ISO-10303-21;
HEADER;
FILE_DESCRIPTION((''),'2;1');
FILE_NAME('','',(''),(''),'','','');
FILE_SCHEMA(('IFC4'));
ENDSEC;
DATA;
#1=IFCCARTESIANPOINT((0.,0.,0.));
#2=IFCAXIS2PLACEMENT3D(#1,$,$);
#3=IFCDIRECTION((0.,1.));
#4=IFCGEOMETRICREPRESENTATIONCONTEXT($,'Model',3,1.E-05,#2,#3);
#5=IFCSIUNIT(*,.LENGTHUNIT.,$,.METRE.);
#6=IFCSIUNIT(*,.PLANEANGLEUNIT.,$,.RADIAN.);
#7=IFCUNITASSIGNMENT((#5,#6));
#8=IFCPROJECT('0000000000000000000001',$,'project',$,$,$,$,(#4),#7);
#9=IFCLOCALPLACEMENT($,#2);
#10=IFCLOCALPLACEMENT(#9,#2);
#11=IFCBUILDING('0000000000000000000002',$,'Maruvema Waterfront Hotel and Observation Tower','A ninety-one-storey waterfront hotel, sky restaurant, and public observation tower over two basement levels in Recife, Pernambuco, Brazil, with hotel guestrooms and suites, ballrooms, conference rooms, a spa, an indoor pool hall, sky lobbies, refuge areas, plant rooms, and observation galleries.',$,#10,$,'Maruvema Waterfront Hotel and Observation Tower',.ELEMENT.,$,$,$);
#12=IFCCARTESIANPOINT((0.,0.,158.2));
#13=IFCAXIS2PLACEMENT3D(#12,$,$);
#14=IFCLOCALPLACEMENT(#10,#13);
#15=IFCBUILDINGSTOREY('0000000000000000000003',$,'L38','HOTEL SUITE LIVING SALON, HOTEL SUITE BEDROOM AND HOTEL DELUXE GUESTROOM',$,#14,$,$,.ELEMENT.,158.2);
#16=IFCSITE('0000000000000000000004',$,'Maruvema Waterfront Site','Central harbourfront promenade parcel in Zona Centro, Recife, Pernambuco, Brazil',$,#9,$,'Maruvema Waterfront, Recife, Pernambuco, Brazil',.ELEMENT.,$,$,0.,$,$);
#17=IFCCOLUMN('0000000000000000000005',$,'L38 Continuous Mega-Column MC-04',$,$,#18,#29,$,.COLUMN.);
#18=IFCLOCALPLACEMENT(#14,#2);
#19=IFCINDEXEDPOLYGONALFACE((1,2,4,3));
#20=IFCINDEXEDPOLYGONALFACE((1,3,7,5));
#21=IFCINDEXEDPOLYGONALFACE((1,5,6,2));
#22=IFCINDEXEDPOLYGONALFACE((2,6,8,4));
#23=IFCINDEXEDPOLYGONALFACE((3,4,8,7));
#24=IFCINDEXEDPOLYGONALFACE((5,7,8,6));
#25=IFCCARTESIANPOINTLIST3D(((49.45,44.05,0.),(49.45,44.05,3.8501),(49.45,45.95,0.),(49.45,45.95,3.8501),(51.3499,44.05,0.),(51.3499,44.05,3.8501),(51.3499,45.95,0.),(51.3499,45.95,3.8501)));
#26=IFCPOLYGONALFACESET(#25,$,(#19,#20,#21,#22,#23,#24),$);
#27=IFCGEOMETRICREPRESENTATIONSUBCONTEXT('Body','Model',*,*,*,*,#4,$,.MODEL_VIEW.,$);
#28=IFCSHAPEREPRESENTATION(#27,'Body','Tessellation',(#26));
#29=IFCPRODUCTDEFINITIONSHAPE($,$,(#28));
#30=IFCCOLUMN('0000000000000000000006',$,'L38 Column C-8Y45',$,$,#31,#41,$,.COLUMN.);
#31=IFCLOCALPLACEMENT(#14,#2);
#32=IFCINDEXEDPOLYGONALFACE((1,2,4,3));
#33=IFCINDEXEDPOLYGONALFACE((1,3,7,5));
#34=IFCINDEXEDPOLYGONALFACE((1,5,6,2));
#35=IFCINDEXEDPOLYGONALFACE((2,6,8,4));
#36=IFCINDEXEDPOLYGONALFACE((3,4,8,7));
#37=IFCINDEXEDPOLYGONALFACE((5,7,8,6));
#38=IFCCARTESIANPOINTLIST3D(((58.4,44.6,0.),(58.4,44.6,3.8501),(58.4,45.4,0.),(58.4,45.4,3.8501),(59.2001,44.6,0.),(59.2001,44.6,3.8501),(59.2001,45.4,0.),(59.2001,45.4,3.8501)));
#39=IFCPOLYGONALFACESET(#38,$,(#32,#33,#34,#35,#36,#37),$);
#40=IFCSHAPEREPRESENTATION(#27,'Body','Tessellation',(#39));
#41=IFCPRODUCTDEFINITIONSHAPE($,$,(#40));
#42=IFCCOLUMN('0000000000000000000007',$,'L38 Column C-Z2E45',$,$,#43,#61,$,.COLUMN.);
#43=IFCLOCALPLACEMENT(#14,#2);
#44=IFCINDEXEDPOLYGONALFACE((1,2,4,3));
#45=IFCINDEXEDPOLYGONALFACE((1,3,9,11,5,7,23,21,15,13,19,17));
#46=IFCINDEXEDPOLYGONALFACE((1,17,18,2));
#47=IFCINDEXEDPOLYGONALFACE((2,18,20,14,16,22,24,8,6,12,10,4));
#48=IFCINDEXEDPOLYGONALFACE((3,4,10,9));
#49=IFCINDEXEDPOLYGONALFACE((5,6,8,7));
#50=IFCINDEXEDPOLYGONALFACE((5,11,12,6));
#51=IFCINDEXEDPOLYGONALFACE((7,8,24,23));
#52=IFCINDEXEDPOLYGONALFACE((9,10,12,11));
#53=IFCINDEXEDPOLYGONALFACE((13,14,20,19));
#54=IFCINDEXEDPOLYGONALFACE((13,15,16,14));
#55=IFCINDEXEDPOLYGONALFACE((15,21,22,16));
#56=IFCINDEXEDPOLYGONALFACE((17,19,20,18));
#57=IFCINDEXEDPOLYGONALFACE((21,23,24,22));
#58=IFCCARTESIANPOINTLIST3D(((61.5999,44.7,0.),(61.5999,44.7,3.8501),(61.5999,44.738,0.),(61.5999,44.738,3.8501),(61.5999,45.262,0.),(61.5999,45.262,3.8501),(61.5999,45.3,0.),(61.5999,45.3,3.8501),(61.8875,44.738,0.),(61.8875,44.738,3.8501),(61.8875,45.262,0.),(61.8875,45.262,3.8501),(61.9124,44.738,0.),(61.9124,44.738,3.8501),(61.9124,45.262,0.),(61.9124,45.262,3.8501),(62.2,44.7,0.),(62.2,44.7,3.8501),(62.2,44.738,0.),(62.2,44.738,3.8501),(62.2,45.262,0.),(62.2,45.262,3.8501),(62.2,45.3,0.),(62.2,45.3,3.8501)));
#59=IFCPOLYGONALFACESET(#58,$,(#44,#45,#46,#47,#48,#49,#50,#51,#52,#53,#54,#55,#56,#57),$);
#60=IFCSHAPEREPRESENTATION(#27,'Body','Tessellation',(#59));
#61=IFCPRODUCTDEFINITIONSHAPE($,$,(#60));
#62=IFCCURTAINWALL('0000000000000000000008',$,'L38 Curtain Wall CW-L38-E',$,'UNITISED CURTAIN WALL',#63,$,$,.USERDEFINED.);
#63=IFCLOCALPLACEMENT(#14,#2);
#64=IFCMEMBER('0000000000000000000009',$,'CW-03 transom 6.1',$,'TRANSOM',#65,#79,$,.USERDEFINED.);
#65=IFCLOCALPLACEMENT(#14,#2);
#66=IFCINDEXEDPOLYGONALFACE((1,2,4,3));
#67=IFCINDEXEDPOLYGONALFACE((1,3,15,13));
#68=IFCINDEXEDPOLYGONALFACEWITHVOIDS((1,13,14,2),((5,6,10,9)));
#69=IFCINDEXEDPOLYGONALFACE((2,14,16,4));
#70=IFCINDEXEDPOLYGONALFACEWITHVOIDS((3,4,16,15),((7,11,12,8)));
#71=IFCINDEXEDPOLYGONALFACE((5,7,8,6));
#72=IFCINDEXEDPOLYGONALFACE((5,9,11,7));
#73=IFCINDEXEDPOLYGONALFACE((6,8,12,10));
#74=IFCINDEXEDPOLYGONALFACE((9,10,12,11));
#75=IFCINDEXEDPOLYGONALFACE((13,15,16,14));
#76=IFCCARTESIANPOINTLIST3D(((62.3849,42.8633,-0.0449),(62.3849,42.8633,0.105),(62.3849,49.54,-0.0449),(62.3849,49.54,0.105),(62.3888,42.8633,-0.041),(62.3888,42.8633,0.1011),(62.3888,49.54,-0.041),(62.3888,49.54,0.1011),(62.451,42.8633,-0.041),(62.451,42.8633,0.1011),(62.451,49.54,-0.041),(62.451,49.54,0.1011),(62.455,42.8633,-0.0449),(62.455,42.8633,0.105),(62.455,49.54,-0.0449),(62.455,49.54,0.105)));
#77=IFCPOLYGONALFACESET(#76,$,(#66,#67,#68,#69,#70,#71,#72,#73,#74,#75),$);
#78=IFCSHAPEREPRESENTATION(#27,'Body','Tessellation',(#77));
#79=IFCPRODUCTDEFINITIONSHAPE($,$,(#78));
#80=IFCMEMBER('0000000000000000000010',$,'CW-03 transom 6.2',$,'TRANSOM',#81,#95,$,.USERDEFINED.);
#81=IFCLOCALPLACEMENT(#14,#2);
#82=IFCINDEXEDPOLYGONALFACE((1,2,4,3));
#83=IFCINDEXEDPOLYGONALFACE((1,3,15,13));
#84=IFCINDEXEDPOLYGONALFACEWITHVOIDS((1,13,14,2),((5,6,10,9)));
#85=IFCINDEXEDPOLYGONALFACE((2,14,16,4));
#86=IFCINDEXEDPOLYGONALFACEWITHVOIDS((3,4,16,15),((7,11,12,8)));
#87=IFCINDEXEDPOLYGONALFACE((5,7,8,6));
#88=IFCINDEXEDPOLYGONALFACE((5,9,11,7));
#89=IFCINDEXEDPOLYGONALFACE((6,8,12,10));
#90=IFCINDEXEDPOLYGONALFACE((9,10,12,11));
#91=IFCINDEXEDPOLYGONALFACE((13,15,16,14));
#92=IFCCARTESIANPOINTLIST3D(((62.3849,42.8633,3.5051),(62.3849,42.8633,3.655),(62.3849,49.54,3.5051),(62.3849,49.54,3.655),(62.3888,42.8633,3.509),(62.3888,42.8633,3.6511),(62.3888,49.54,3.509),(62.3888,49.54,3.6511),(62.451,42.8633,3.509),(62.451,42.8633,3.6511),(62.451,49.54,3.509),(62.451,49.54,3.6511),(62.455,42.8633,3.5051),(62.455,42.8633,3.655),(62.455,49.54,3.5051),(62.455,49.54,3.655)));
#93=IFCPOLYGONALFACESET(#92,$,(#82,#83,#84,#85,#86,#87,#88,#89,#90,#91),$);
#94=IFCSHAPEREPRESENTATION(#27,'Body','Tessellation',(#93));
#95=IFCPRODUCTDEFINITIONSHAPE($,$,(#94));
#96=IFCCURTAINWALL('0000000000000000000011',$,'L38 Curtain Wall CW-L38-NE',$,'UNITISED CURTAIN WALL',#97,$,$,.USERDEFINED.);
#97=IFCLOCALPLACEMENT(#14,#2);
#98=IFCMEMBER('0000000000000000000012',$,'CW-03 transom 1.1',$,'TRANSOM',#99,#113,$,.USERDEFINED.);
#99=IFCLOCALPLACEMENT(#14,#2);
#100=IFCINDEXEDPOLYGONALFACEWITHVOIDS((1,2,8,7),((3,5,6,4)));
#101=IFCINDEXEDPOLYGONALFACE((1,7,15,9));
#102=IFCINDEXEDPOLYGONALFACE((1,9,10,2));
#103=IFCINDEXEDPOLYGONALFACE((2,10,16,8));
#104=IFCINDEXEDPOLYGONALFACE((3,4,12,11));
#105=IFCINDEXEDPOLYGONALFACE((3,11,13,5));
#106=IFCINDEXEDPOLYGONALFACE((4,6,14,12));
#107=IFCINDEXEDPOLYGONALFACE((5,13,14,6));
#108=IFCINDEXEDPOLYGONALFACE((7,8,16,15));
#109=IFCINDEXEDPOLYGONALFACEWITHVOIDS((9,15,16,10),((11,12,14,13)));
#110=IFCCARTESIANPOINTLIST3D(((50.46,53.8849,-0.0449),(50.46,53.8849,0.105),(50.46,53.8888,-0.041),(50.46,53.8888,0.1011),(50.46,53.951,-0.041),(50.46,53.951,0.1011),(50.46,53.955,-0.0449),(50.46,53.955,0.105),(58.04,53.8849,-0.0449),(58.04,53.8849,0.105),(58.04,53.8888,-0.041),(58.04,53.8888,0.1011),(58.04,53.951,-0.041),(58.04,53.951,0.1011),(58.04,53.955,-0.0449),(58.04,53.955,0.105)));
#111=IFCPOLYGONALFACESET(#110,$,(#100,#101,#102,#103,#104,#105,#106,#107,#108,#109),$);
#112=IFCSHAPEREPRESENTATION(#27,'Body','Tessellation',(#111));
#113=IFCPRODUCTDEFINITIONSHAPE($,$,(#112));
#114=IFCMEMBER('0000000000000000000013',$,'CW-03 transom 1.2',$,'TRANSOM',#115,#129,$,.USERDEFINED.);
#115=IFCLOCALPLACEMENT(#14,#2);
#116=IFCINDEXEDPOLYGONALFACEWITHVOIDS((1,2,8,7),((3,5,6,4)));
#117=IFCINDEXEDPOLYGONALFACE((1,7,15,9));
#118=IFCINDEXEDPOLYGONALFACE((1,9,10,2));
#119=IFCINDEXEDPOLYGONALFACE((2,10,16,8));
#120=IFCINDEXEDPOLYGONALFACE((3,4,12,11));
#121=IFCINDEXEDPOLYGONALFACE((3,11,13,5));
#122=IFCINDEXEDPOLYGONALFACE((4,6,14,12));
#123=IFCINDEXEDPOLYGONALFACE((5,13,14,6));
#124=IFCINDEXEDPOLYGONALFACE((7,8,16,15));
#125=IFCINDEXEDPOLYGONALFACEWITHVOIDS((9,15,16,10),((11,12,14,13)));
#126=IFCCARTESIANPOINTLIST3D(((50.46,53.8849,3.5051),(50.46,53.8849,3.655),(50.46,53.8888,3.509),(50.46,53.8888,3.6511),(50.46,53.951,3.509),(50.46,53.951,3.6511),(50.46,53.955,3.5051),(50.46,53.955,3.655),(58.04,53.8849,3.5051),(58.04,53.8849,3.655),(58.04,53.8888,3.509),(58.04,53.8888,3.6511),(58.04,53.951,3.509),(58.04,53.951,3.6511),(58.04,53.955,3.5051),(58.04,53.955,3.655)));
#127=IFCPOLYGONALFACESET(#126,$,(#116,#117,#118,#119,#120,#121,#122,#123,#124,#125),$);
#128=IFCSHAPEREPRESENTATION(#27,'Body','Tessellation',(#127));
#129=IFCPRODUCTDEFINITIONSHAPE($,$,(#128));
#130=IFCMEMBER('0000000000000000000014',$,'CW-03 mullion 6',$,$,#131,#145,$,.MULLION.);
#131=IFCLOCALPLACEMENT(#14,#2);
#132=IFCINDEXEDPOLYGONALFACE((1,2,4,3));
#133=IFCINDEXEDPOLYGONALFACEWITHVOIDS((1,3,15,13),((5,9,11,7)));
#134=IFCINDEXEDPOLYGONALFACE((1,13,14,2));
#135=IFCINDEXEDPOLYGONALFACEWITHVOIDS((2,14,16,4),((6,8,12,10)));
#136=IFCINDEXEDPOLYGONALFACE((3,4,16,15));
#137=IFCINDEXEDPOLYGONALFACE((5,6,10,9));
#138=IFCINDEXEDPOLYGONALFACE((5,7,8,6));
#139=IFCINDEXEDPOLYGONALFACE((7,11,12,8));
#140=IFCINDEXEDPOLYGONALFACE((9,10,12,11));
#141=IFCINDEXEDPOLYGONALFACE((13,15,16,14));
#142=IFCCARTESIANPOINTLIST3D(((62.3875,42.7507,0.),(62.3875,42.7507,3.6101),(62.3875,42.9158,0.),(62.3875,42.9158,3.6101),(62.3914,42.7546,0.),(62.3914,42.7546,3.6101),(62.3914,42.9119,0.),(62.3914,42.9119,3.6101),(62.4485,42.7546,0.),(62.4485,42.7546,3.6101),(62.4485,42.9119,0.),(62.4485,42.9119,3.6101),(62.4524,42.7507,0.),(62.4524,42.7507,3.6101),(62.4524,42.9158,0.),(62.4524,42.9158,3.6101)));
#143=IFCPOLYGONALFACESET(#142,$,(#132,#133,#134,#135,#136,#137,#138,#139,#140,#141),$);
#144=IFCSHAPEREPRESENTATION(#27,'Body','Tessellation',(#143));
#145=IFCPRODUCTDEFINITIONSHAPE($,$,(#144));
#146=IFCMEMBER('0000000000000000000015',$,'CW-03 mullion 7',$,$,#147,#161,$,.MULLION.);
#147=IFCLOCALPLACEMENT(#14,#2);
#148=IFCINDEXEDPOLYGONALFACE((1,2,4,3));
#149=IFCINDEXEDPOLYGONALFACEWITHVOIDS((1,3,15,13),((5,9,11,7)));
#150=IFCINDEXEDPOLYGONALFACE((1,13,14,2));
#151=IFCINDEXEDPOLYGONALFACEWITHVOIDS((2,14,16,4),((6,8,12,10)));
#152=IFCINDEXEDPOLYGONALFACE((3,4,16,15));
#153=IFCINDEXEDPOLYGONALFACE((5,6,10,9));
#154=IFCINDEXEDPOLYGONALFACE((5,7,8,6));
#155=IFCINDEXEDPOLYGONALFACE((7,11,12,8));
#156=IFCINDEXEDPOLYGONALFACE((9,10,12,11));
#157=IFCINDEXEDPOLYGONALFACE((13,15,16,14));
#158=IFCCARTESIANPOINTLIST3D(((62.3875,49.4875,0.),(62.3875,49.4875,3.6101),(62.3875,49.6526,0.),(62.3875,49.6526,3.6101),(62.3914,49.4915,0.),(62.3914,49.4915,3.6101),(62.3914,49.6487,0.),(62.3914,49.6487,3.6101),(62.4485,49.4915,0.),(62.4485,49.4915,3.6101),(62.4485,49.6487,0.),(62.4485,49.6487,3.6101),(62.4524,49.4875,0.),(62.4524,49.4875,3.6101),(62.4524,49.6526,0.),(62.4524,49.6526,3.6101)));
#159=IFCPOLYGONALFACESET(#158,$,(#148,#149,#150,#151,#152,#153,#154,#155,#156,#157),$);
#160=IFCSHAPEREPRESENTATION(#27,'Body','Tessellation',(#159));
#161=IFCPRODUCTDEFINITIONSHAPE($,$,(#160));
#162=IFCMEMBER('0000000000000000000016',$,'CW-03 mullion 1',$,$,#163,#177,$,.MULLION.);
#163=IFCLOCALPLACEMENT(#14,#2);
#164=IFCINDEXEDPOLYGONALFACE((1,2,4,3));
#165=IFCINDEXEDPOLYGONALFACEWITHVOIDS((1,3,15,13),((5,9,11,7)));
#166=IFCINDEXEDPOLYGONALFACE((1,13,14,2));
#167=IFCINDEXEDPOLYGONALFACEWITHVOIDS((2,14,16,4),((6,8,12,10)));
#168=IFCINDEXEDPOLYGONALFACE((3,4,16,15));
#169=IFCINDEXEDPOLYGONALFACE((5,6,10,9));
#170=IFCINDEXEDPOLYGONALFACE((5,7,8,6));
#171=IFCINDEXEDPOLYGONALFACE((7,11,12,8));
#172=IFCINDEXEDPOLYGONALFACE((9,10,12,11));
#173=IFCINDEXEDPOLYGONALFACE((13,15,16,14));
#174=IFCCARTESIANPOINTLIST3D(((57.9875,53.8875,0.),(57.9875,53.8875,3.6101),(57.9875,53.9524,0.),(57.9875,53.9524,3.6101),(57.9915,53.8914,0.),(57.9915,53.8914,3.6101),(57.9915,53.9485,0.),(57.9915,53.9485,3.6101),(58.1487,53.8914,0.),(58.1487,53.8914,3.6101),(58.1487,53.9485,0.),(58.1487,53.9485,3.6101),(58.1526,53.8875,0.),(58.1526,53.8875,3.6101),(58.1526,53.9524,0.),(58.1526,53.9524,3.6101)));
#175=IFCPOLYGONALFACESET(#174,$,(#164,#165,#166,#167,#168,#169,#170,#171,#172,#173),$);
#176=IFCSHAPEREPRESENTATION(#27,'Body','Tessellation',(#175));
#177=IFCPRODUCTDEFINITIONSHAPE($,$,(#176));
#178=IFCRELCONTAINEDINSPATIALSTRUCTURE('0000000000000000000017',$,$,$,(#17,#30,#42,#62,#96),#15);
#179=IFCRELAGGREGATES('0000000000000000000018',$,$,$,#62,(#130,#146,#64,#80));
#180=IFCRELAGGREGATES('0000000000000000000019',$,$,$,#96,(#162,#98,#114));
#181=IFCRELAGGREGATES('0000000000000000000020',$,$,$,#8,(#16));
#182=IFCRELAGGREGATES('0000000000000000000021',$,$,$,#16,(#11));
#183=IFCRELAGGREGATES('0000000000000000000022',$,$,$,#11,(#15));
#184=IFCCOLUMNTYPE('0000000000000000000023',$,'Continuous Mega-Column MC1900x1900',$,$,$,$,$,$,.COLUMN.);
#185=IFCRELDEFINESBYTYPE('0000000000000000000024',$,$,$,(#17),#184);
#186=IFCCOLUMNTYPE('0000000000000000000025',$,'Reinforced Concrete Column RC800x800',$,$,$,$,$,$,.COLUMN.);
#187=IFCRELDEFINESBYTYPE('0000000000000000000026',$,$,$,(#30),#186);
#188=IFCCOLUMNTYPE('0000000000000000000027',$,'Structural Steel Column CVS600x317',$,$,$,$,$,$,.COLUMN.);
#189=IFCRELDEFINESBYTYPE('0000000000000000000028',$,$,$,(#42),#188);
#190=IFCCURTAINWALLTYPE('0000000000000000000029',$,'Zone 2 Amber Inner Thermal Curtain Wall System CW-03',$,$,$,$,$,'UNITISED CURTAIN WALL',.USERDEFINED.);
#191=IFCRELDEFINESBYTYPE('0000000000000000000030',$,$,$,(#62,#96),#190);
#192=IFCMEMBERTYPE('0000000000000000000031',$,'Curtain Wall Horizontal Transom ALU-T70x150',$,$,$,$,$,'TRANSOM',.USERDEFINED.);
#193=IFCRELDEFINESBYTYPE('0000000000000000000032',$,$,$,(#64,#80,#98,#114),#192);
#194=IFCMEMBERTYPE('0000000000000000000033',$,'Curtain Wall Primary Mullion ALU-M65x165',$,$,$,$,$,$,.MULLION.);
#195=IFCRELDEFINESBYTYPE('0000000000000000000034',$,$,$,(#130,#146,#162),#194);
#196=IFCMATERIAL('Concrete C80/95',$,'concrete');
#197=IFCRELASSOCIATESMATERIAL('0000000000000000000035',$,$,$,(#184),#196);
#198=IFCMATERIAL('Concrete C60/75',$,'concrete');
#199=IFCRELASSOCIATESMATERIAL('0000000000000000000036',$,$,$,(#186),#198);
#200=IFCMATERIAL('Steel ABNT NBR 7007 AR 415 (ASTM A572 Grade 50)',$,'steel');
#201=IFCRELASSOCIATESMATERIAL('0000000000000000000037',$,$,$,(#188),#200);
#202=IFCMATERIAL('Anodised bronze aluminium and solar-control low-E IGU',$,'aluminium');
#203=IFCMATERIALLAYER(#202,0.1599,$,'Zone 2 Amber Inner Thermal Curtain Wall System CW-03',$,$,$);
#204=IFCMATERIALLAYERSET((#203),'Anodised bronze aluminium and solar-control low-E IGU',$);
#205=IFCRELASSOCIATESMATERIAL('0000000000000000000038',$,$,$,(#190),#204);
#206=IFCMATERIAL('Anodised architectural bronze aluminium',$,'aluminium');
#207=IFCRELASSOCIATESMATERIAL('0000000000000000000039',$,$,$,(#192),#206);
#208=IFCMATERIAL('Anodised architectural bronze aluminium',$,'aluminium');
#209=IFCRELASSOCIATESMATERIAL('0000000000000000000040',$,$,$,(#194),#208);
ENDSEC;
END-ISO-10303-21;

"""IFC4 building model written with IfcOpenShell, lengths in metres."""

from ifc_helpers import new_model, si_unit, direction, frame, origin, origin_2d, place, context, subcontext, project, spatial, rectangle, hollow_rectangle, i_section, extrude, material, layer, layer_set, material_profile, profile_set, type_object, element, aggregate, save


model = new_model("IFC4")

# Units and contexts
model_context = context("Model", 3, precision=1e-05, world=origin(), true_north=direction((0.0, 1.0)))
body_context = subcontext(model_context, "Body", "Model", "MODEL_VIEW")
ifc_project = project(units=[si_unit("LENGTHUNIT", "METRE"), si_unit("PLANEANGLEUNIT", "RADIAN")], contexts=[model_context])

# Site, building, storey
site_placement = place(None, origin())
site = spatial("IfcSite", under=ifc_project, at=site_placement, Name="Maruvema Waterfront Site", Description="Central harbourfront promenade parcel in Zona Centro, Recife, Pernambuco, Brazil", LongName="Maruvema Waterfront, Recife, Pernambuco, Brazil", CompositionType="ELEMENT", RefElevation=0.0)
building_placement = place(site_placement, origin())
building = spatial("IfcBuilding", under=site, at=building_placement, Name="Maruvema Waterfront Hotel and Observation Tower", Description="A ninety-one-storey waterfront hotel, sky restaurant, and public observation tower over two basement levels in Recife, Pernambuco, Brazil, with hotel guestrooms and suites, ballrooms, conference rooms, a spa, an indoor pool hall, sky lobbies, refuge areas, plant rooms, and observation galleries.", LongName="Maruvema Waterfront Hotel and Observation Tower", CompositionType="ELEMENT")
storey_placement = place(building_placement, frame((0.0, 0.0, 158.2)))
storey = spatial("IfcBuildingStorey", under=building, at=storey_placement, Name="L38", Description="HOTEL SUITE LIVING SALON, HOTEL SUITE BEDROOM AND HOTEL DELUXE GUESTROOM", CompositionType="ELEMENT", Elevation=158.2)

# Columns
ifc_material_1 = material(Name="Concrete C80/95", Category="concrete")
ifc_material_profile_1 = material_profile(ifc_material_1, rectangle(XDim=1.8999, YDim=1.8999, at=origin_2d()), Name="MC1900x1900")
ifc_profile_set_1 = profile_set([ifc_material_profile_1], Name="Concrete C80/95")
column_type_1 = type_object("IfcColumnType", Name="Continuous Mega-Column MC1900x1900", PredefinedType="COLUMN", material=ifc_profile_set_1)
column_1_placement = place(storey_placement, frame((50.3999, 45.0, 0.0), z_axis=(0.0, 0.0, 1.0), x_axis=(1.0, 0.0, 0.0)))
element("IfcColumn", 1, at=column_1_placement, inside=storey, type_object=column_type_1, Name="L38 Continuous Mega-Column MC-04", PredefinedType="COLUMN", context=body_context, shape_type="SweptSolid", body=[
    extrude(rectangle(XDim=1.8999, YDim=1.8999, at=origin_2d()), origin(), (0.0, 0.0, 1.0), 3.8501),
])
ifc_material_2 = material(Name="Concrete C60/75", Category="concrete")
ifc_material_profile_2 = material_profile(ifc_material_2, rectangle(XDim=0.8, YDim=0.8, at=origin_2d()), Name="RC800x800")
ifc_profile_set_2 = profile_set([ifc_material_profile_2], Name="Concrete C60/75")
column_type_2 = type_object("IfcColumnType", Name="Reinforced Concrete Column RC800x800", PredefinedType="COLUMN", material=ifc_profile_set_2)
column_2_placement = place(storey_placement, frame((58.8, 45.0, 0.0), z_axis=(0.0, 0.0, 1.0), x_axis=(1.0, 0.0, 0.0)))
element("IfcColumn", 2, at=column_2_placement, inside=storey, type_object=column_type_2, Name="L38 Column C-8Y45", PredefinedType="COLUMN", context=body_context, shape_type="SweptSolid", body=[
    extrude(rectangle(XDim=0.8, YDim=0.8, at=origin_2d()), origin(), (0.0, 0.0, 1.0), 3.8501),
])
ifc_material_3 = material(Name="Steel ABNT NBR 7007 AR 415 (ASTM A572 Grade 50)", Category="steel")
ifc_material_profile_3 = material_profile(ifc_material_3, i_section(OverallWidth=0.6001, OverallDepth=0.6001, WebThickness=0.0249, FlangeThickness=0.0381, at=origin_2d()), Name="CVS600x317")
ifc_profile_set_3 = profile_set([ifc_material_profile_3], Name="Steel ABNT NBR 7007 AR 415 (ASTM A572 Grade 50)")
column_type_3 = type_object("IfcColumnType", Name="Structural Steel Column CVS600x317", PredefinedType="COLUMN", material=ifc_profile_set_3)
column_3_placement = place(storey_placement, frame((61.8999, 45.0, 0.0), z_axis=(0.0, 0.0, 1.0), x_axis=(1.0, 0.0, 0.0)))
element("IfcColumn", 3, at=column_3_placement, inside=storey, type_object=column_type_3, Name="L38 Column C-Z2E45", PredefinedType="COLUMN", context=body_context, shape_type="SweptSolid", body=[
    extrude(i_section(OverallWidth=0.6001, OverallDepth=0.6001, WebThickness=0.0249, FlangeThickness=0.0381, at=origin_2d()), origin(), (0.0, 0.0, 1.0), 3.8501),
])

# Curtain walls, members
ifc_material_4 = material(Name="Anodised bronze aluminium and solar-control low-E IGU", Category="aluminium")
ifc_layer_1 = layer(ifc_material_4, 0.1599, Name="Zone 2 Amber Inner Thermal Curtain Wall System CW-03")
ifc_layer_set_1 = layer_set([ifc_layer_1], Name="Anodised bronze aluminium and solar-control low-E IGU")
curtain_wall_type = type_object("IfcCurtainWallType", Name="Zone 2 Amber Inner Thermal Curtain Wall System CW-03", ElementType="UNITISED CURTAIN WALL", PredefinedType="USERDEFINED", material=ifc_layer_set_1)
curtain_wall_1_placement = place(storey_placement, origin())
curtain_wall_1 = element("IfcCurtainWall", 4, at=curtain_wall_1_placement, inside=storey, type_object=curtain_wall_type, Name="L38 Curtain Wall CW-L38-E", ObjectType="UNITISED CURTAIN WALL", PredefinedType="USERDEFINED")
ifc_material_5 = material(Name="Anodised architectural bronze aluminium", Category="aluminium")
ifc_material_profile_4 = material_profile(ifc_material_5, hollow_rectangle(XDim=0.0701, YDim=0.1499, WallThickness=0.0039, at=origin_2d()), Name="ALU-T70x150")
ifc_profile_set_4 = profile_set([ifc_material_profile_4], Name="Anodised architectural bronze aluminium")
member_type_1 = type_object("IfcMemberType", Name="Curtain Wall Horizontal Transom ALU-T70x150", ElementType="TRANSOM", PredefinedType="USERDEFINED", material=ifc_profile_set_4)
member_1_placement = place(storey_placement, frame((62.4199, 42.8633, 0.03), z_axis=(0.0, 1.0, 0.0), x_axis=(-1.0, 0.0, 0.0)))
member_1 = element("IfcMember", 5, at=member_1_placement, type_object=member_type_1, Name="CW-03 transom 6.1", ObjectType="TRANSOM", PredefinedType="USERDEFINED", context=body_context, shape_type="SweptSolid", body=[
    extrude(hollow_rectangle(XDim=0.0701, YDim=0.1499, WallThickness=0.0039, at=origin_2d()), origin(), (0.0, 0.0, 1.0), 6.6768),
])
member_2_placement = place(storey_placement, frame((62.4199, 42.8633, 3.5801), z_axis=(0.0, 1.0, 0.0), x_axis=(-1.0, 0.0, 0.0)))
member_2 = element("IfcMember", 6, at=member_2_placement, type_object=member_type_1, Name="CW-03 transom 6.2", ObjectType="TRANSOM", PredefinedType="USERDEFINED", context=body_context, shape_type="SweptSolid", body=[
    extrude(hollow_rectangle(XDim=0.0701, YDim=0.1499, WallThickness=0.0039, at=origin_2d()), origin(), (0.0, 0.0, 1.0), 6.6768),
])
curtain_wall_2_placement = place(storey_placement, origin())
curtain_wall_2 = element("IfcCurtainWall", 7, at=curtain_wall_2_placement, inside=storey, type_object=curtain_wall_type, Name="L38 Curtain Wall CW-L38-NE", ObjectType="UNITISED CURTAIN WALL", PredefinedType="USERDEFINED")
member_3_placement = place(storey_placement, frame((58.04, 53.9199, 0.03), z_axis=(-1.0, 0.0, 0.0), x_axis=(0.0, -1.0, 0.0)))
member_3 = element("IfcMember", 8, at=member_3_placement, type_object=member_type_1, Name="CW-03 transom 1.1", ObjectType="TRANSOM", PredefinedType="USERDEFINED", context=body_context, shape_type="SweptSolid", body=[
    extrude(hollow_rectangle(XDim=0.0701, YDim=0.1499, WallThickness=0.0039, at=origin_2d()), origin(), (0.0, 0.0, 1.0), 7.5801),
])
member_4_placement = place(storey_placement, frame((58.04, 53.9199, 3.5801), z_axis=(-1.0, 0.0, 0.0), x_axis=(0.0, -1.0, 0.0)))
member_4 = element("IfcMember", 9, at=member_4_placement, type_object=member_type_1, Name="CW-03 transom 1.2", ObjectType="TRANSOM", PredefinedType="USERDEFINED", context=body_context, shape_type="SweptSolid", body=[
    extrude(hollow_rectangle(XDim=0.0701, YDim=0.1499, WallThickness=0.0039, at=origin_2d()), origin(), (0.0, 0.0, 1.0), 7.5801),
])

# Members
ifc_material_6 = material(Name="Anodised architectural bronze aluminium", Category="aluminium")
ifc_material_profile_5 = material_profile(ifc_material_6, hollow_rectangle(XDim=0.0649, YDim=0.165, WallThickness=0.0039, at=origin_2d()), Name="ALU-M65x165")
ifc_profile_set_5 = profile_set([ifc_material_profile_5], Name="Anodised architectural bronze aluminium")
member_type_2 = type_object("IfcMemberType", Name="Curtain Wall Primary Mullion ALU-M65x165", PredefinedType="MULLION", material=ifc_profile_set_5)
member_5_placement = place(storey_placement, frame((62.4199, 42.8333, 0.0), z_axis=(0.0, 0.0, 1.0), x_axis=(-1.0, 0.0, 0.0)))
member_5 = element("IfcMember", 10, at=member_5_placement, type_object=member_type_2, Name="CW-03 mullion 6", PredefinedType="MULLION", context=body_context, shape_type="SweptSolid", body=[
    extrude(hollow_rectangle(XDim=0.0649, YDim=0.165, WallThickness=0.0039, at=origin_2d()), origin(), (0.0, 0.0, 1.0), 3.6101),
])
member_6_placement = place(storey_placement, frame((62.4199, 49.5701, 0.0), z_axis=(0.0, 0.0, 1.0), x_axis=(-1.0, 0.0, 0.0)))
member_6 = element("IfcMember", 11, at=member_6_placement, type_object=member_type_2, Name="CW-03 mullion 7", PredefinedType="MULLION", context=body_context, shape_type="SweptSolid", body=[
    extrude(hollow_rectangle(XDim=0.0649, YDim=0.165, WallThickness=0.0039, at=origin_2d()), origin(), (0.0, 0.0, 1.0), 3.6101),
])
member_7_placement = place(storey_placement, frame((58.0701, 53.9199, 0.0), z_axis=(0.0, 0.0, 1.0), x_axis=(0.0, -1.0, 0.0)))
member_7 = element("IfcMember", 12, at=member_7_placement, type_object=member_type_2, Name="CW-03 mullion 1", PredefinedType="MULLION", context=body_context, shape_type="SweptSolid", body=[
    extrude(hollow_rectangle(XDim=0.0649, YDim=0.165, WallThickness=0.0039, at=origin_2d()), origin(), (0.0, 0.0, 1.0), 3.6101),
])

aggregate(curtain_wall_1, [member_5, member_6, member_1, member_2])
aggregate(curtain_wall_2, [member_7, member_3, member_4])

save(model, "model.ifc")
